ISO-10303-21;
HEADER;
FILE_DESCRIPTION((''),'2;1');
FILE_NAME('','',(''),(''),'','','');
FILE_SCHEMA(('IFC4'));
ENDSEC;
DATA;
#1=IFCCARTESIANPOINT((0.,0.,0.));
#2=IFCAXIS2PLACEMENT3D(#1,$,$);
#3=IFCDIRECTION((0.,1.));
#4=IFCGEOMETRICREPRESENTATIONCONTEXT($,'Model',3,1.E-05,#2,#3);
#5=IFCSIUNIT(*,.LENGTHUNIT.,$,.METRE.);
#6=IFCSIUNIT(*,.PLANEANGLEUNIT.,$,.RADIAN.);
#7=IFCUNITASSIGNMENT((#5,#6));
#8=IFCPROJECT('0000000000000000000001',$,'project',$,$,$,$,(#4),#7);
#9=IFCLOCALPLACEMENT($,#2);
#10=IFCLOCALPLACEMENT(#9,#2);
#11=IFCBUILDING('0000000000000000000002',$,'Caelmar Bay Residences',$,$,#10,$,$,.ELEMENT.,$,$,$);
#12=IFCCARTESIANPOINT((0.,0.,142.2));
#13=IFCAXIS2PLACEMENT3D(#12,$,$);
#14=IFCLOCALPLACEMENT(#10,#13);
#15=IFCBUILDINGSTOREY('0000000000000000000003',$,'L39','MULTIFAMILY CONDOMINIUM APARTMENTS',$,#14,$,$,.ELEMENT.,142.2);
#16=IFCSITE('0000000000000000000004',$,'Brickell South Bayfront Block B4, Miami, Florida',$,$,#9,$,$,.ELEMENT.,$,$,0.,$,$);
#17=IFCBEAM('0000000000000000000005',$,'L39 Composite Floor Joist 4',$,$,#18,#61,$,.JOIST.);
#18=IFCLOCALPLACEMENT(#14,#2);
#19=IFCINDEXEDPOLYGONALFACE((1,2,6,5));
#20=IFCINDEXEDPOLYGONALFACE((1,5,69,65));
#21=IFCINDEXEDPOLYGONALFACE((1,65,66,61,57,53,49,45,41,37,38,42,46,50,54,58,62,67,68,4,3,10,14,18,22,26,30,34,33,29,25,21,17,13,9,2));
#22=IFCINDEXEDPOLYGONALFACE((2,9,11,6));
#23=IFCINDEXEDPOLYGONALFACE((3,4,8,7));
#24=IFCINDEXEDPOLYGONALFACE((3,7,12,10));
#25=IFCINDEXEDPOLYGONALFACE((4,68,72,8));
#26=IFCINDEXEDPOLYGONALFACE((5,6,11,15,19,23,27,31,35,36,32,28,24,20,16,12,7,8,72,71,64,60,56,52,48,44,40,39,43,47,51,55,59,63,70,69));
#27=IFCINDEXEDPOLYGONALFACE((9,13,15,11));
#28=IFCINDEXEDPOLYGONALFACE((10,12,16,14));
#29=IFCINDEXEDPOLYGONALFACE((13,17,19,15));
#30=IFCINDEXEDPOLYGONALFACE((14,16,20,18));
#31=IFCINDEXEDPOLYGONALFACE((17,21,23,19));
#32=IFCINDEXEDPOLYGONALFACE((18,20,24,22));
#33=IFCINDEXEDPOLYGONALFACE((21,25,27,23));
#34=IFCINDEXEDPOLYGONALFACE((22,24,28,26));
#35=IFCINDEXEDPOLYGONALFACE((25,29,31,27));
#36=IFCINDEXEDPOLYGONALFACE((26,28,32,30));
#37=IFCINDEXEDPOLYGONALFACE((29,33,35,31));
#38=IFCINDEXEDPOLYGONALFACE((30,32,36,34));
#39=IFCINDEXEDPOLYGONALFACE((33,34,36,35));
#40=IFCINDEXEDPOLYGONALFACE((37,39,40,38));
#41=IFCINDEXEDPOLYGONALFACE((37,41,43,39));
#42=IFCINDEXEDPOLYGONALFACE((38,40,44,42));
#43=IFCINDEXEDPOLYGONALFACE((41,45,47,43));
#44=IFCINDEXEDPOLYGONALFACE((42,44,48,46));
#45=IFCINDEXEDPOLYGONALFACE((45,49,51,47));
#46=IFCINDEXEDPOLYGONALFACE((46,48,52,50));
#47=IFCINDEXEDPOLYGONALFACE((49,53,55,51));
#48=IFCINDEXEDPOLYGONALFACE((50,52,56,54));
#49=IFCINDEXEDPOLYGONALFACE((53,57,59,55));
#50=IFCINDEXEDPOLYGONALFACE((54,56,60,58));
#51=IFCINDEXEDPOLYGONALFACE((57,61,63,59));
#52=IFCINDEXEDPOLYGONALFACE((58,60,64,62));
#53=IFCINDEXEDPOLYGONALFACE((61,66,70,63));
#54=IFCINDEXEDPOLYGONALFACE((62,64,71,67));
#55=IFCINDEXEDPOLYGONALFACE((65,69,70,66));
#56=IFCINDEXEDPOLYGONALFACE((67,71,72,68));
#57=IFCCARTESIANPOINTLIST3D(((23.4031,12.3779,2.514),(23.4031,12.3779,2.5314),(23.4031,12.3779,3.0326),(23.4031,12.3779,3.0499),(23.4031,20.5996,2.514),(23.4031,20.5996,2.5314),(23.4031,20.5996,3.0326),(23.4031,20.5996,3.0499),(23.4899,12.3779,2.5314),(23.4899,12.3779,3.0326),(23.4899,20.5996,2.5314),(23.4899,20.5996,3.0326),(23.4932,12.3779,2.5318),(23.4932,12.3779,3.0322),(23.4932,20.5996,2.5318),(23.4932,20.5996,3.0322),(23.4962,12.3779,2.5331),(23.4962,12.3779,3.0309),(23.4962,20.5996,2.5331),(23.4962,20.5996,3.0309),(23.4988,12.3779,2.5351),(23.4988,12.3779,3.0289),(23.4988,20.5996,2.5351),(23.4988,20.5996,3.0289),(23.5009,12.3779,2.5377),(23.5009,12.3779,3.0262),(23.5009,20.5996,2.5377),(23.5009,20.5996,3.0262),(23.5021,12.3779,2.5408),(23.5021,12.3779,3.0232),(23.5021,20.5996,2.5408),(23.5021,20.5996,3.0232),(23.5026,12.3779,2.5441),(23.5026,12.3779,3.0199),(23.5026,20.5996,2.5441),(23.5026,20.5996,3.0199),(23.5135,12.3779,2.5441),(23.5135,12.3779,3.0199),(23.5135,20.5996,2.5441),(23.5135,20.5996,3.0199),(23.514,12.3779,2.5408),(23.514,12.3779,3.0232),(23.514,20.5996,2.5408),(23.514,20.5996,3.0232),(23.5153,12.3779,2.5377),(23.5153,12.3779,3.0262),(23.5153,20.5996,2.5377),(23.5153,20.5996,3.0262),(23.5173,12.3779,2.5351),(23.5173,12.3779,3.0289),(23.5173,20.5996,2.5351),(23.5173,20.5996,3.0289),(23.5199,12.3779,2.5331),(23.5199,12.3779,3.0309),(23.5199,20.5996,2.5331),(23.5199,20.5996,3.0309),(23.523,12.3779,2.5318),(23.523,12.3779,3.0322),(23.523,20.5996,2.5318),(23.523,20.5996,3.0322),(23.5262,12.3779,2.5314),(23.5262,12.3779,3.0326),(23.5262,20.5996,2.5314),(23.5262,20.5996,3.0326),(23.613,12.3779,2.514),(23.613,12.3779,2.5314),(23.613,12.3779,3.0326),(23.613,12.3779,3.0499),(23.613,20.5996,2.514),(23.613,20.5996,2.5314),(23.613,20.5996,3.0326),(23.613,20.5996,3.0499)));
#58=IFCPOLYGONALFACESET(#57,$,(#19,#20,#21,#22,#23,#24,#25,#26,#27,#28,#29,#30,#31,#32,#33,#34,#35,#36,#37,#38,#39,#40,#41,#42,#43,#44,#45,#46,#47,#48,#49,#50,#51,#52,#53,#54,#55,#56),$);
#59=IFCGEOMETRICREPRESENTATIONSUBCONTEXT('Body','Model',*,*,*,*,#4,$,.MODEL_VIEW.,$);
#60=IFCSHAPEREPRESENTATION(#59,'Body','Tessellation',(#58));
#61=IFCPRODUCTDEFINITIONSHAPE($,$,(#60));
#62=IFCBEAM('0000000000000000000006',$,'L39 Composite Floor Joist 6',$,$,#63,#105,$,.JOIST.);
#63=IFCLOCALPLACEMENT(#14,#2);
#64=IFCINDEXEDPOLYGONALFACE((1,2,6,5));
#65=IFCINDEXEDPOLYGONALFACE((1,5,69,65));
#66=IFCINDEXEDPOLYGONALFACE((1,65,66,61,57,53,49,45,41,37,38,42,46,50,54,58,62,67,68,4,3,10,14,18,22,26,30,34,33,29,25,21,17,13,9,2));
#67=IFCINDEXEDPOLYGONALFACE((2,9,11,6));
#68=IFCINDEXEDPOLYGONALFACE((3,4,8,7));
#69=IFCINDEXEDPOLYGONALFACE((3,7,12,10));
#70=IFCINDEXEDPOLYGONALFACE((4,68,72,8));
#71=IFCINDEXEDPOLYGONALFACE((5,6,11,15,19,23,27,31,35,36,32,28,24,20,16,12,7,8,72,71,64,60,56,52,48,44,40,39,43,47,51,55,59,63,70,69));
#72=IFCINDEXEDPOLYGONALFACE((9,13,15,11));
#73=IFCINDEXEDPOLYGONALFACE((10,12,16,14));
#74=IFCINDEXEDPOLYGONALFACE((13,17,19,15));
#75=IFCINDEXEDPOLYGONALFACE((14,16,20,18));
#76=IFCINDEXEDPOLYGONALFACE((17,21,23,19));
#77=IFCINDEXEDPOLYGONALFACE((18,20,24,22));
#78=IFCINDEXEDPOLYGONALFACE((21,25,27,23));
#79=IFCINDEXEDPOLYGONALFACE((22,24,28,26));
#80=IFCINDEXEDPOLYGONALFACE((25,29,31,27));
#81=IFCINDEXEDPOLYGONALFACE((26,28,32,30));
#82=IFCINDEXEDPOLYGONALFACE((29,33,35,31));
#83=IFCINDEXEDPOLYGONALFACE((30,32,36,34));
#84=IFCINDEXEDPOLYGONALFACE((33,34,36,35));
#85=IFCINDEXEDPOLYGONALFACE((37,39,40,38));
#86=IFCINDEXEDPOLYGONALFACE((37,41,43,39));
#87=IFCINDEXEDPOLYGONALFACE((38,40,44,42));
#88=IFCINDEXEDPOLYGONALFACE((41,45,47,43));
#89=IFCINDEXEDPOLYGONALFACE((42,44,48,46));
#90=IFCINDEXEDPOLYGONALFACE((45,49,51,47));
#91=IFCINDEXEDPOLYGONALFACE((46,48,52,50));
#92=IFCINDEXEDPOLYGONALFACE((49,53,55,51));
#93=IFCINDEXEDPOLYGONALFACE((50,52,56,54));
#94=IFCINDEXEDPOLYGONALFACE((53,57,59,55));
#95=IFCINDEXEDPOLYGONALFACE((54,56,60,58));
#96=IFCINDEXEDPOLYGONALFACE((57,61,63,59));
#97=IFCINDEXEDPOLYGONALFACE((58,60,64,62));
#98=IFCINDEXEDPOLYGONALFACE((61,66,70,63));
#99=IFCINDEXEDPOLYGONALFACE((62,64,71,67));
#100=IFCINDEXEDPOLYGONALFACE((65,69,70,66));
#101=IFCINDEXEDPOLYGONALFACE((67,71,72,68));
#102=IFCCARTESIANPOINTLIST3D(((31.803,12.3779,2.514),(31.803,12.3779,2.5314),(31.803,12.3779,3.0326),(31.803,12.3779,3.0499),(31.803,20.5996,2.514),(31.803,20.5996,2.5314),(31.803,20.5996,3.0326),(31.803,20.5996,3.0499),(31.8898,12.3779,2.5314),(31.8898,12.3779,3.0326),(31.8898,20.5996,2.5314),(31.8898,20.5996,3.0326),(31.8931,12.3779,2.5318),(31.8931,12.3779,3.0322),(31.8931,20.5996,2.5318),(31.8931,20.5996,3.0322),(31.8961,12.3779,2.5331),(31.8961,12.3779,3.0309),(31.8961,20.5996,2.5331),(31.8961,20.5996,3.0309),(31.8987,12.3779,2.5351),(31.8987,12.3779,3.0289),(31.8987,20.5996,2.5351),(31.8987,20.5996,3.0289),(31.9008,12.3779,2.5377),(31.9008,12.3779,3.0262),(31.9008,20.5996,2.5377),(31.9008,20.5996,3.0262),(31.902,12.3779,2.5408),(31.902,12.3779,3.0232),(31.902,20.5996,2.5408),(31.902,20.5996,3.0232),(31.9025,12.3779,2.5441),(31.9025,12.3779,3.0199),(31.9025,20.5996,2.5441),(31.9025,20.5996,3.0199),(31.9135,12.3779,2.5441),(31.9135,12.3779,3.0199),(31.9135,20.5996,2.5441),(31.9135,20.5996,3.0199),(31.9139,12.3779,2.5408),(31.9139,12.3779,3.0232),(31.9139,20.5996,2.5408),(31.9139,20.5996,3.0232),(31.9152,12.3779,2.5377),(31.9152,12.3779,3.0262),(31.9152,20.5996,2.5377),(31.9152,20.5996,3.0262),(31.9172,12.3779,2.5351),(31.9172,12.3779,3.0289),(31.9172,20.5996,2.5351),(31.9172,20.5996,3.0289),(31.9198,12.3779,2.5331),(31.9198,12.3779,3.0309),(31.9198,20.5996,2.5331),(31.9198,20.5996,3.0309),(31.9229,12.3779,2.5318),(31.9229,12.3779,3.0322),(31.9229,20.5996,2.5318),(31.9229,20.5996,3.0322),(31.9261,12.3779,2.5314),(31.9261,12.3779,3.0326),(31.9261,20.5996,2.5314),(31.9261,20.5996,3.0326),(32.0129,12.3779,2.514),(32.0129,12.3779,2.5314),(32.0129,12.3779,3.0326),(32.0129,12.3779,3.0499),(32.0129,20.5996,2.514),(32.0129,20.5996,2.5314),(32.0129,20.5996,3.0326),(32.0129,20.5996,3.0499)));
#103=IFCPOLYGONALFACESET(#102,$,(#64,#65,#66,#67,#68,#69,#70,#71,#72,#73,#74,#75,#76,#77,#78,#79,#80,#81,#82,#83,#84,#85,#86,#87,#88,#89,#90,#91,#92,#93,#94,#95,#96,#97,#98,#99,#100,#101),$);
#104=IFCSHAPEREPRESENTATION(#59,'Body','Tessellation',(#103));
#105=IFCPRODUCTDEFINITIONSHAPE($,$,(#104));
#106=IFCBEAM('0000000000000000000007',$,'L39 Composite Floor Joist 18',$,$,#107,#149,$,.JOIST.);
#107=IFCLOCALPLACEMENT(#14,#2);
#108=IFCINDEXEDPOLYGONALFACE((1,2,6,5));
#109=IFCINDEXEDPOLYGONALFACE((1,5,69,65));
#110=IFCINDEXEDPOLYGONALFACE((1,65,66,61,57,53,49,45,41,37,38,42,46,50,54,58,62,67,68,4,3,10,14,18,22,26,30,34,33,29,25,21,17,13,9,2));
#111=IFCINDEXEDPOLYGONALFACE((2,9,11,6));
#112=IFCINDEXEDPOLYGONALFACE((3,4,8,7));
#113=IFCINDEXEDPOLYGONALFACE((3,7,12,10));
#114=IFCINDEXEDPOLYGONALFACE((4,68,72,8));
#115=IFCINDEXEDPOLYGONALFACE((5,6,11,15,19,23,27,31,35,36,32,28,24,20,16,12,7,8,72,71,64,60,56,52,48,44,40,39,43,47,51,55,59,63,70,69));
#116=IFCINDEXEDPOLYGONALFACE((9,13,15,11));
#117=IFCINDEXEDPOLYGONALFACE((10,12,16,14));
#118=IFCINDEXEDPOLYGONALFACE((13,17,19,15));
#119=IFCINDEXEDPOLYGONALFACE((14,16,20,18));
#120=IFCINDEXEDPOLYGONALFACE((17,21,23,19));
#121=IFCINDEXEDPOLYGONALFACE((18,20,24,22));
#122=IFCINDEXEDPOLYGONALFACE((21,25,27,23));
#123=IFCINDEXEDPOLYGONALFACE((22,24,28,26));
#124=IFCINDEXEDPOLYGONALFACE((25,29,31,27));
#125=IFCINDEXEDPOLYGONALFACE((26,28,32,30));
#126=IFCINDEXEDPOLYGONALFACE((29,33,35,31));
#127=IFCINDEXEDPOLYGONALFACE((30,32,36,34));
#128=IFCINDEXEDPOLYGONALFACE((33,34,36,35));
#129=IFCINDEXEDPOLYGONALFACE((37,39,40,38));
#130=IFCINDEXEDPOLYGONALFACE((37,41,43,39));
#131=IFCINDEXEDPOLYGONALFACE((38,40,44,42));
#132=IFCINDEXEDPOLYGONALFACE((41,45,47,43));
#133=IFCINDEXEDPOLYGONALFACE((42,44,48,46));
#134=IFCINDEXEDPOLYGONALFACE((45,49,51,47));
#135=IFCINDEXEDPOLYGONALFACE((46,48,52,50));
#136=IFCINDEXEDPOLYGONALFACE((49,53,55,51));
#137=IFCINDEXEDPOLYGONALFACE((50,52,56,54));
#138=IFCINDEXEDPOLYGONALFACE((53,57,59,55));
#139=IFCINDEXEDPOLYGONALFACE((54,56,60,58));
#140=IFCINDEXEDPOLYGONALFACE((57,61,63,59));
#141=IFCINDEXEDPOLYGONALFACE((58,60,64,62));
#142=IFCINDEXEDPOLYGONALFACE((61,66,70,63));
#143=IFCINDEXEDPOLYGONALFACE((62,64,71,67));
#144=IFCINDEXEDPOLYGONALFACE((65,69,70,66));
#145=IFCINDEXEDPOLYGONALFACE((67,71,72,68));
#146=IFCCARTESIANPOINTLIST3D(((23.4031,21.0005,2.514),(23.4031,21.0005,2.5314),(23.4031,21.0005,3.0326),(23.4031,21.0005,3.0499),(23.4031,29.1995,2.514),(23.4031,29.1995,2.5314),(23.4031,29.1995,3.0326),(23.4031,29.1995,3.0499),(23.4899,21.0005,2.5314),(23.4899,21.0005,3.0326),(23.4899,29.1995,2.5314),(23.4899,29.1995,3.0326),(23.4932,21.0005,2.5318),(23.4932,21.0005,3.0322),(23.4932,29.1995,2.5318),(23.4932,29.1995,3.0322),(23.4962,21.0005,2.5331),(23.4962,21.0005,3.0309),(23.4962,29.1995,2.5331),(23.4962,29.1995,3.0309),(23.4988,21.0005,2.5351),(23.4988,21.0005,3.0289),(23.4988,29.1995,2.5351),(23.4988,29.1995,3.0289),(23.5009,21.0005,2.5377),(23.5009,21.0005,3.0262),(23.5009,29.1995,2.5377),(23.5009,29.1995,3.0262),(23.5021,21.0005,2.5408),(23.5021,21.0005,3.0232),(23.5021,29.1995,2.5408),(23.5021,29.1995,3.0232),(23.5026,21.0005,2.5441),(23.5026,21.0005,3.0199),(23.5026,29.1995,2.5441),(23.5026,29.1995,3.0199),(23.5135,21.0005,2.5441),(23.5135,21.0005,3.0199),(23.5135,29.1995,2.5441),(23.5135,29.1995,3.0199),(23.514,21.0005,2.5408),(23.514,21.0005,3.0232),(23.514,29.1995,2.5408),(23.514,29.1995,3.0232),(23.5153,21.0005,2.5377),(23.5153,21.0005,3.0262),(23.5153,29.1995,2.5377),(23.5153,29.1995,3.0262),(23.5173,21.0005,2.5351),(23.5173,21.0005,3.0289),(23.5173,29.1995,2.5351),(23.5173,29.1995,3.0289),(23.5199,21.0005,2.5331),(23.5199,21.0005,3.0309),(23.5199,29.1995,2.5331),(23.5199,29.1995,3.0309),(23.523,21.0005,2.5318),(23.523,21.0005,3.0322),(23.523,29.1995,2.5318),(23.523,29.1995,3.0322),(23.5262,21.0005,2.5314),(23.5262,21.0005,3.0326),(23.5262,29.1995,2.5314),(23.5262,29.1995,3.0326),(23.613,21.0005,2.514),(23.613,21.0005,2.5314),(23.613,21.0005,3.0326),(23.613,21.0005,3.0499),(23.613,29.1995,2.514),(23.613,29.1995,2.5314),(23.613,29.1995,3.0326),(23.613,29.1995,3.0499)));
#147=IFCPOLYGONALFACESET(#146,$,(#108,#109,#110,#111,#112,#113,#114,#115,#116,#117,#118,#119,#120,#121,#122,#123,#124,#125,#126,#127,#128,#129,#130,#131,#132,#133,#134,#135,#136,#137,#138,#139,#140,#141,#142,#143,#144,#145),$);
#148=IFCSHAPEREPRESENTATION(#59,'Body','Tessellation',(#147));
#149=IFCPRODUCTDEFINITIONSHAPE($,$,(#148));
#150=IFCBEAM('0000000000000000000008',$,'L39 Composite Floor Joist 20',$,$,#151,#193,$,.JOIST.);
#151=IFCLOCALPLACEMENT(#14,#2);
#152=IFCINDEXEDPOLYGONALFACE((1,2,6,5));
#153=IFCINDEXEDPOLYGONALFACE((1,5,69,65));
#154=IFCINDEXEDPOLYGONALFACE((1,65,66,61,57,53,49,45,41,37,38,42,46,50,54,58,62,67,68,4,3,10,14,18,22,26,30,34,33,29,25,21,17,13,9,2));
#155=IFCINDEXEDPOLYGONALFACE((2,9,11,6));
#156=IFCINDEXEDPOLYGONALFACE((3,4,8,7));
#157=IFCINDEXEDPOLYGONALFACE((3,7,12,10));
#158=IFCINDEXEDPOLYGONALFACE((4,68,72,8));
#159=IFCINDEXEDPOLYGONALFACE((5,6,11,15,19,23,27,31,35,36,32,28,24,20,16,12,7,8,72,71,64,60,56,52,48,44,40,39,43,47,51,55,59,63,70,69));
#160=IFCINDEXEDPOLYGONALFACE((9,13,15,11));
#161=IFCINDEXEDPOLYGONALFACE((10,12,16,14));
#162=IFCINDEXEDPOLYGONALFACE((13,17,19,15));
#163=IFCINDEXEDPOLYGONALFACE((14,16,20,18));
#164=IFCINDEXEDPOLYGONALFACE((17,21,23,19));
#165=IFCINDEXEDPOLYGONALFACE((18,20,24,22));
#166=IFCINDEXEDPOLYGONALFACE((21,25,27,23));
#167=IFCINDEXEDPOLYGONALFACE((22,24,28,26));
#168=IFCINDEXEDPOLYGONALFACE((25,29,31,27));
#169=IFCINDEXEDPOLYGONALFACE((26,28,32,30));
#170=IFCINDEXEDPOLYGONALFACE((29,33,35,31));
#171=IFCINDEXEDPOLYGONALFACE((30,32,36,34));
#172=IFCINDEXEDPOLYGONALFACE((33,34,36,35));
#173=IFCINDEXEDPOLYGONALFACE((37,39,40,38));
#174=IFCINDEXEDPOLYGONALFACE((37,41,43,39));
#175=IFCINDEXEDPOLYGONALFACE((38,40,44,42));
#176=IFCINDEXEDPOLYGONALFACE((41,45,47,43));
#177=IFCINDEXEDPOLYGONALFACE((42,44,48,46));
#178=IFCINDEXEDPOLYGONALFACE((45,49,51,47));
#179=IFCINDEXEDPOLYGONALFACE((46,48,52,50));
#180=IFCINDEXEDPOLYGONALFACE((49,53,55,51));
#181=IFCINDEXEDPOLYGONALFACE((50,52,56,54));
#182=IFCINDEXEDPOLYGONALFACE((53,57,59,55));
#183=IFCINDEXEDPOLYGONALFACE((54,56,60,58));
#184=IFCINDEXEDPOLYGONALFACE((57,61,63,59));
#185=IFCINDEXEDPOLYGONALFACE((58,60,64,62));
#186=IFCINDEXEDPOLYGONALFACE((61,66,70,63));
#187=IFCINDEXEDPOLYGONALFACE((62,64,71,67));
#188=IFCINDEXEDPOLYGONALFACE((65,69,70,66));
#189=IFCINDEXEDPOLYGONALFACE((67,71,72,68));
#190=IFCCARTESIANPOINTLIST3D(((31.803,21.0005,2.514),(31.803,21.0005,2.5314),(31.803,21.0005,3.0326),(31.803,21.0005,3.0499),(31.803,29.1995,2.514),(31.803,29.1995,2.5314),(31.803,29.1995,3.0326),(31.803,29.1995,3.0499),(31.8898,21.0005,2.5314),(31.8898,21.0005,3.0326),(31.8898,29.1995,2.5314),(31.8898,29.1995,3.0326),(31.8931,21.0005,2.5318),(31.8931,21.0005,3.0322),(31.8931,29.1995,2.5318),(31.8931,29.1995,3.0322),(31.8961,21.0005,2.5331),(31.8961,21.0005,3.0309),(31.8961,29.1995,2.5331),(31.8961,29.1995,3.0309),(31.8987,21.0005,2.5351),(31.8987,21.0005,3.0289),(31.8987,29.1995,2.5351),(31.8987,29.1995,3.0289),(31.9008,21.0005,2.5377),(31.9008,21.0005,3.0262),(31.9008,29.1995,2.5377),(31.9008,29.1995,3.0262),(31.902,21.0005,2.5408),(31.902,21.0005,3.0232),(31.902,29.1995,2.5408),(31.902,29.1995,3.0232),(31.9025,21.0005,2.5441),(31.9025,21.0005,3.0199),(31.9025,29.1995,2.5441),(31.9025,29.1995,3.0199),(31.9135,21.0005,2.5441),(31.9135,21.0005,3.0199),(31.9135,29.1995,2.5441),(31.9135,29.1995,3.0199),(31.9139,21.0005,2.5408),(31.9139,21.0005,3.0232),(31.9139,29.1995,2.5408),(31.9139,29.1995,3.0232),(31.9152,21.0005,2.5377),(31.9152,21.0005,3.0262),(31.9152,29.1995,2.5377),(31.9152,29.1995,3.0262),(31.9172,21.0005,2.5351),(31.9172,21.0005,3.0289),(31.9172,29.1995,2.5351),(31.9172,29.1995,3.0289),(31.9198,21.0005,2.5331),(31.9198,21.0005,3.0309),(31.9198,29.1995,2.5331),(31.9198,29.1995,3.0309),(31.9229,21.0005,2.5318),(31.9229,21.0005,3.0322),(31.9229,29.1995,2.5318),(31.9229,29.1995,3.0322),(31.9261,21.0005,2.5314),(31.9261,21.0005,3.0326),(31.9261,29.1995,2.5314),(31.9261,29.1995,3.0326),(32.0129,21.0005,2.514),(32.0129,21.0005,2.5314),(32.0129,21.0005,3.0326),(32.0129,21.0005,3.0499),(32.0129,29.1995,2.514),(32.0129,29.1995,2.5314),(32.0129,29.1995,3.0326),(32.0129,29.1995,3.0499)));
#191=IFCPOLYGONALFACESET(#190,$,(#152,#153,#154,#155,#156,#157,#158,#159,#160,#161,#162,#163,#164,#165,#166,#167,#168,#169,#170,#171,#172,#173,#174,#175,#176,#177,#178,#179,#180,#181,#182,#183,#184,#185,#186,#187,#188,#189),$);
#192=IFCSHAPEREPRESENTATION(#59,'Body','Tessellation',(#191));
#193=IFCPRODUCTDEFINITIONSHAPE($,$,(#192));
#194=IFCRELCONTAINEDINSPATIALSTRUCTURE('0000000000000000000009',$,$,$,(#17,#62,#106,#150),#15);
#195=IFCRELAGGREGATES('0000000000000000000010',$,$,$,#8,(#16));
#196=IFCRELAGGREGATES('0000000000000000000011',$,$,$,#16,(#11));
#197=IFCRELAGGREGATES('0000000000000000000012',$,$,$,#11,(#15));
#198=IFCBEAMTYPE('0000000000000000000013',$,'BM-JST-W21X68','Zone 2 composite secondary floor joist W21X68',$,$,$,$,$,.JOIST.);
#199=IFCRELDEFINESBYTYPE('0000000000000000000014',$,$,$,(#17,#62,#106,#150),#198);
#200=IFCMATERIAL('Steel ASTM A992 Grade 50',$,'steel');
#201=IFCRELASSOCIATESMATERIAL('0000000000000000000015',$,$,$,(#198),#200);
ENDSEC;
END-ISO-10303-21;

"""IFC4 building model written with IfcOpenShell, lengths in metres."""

from ifc_helpers import new_model, si_unit, direction, frame, origin, origin_2d, place, context, subcontext, project, spatial, i_section, extrude, material, material_profile, profile_set, type_object, element, save


model = new_model("IFC4")

# Units and contexts
model_context = context("Model", 3, precision=1e-05, world=origin(), true_north=direction((0.0, 1.0)))
body_context = subcontext(model_context, "Body", "Model", "MODEL_VIEW")
ifc_project = project(units=[si_unit("LENGTHUNIT", "METRE"), si_unit("PLANEANGLEUNIT", "RADIAN")], contexts=[model_context])

# Site, building, storey
site_placement = place(None, origin())
site = spatial("IfcSite", under=ifc_project, at=site_placement, Name="Brickell South Bayfront Block B4, Miami, Florida", CompositionType="ELEMENT", RefElevation=0.0)
building_placement = place(site_placement, origin())
building = spatial("IfcBuilding", under=site, at=building_placement, Name="Caelmar Bay Residences", CompositionType="ELEMENT")
storey_placement = place(building_placement, frame((0.0, 0.0, 142.2)))
storey = spatial("IfcBuildingStorey", under=building, at=storey_placement, Name="L39", Description="MULTIFAMILY CONDOMINIUM APARTMENTS", CompositionType="ELEMENT", Elevation=142.2)

# Beams
ifc_material_1 = material(Name="Steel ASTM A992 Grade 50", Category="steel")
ifc_material_profile_1 = material_profile(ifc_material_1, i_section(OverallWidth=0.21, OverallDepth=0.5359, WebThickness=0.011, FlangeThickness=0.0173, FilletRadius=0.0127, at=origin_2d()), Name="W21X68")
ifc_profile_set_1 = profile_set([ifc_material_profile_1], Name="Steel ASTM A992 Grade 50")
beam_type_1 = type_object("IfcBeamType", Name="BM-JST-W21X68", Description="Zone 2 composite secondary floor joist W21X68", PredefinedType="JOIST", material=ifc_profile_set_1)
for number, where, z_axis, x_axis, name in (
    (1, (23.5081, 12.3779, 2.782), (0.0, 1.0, 0.0), (-1.0, 0.0, 0.0), "L39 Composite Floor Joist 4"),
    (2, (31.908, 12.3779, 2.782), (0.0, 1.0, 0.0), (-1.0, 0.0, 0.0), "L39 Composite Floor Joist 6"),
):
    element("IfcBeam", number, at=place(storey_placement, frame(where, z_axis=z_axis, x_axis=x_axis)), inside=storey, type_object=beam_type_1, Name=name, PredefinedType="JOIST", context=body_context, shape_type="SweptSolid", body=[
        extrude(i_section(OverallWidth=0.21, OverallDepth=0.5359, WebThickness=0.011, FlangeThickness=0.0173, FilletRadius=0.0127, at=origin_2d()), origin(), (0.0, 0.0, 1.0), 8.2217),
    ])
for number, where, z_axis, x_axis, name in (
    (3, (23.5081, 21.0005, 2.782), (0.0, 1.0, 0.0), (-1.0, 0.0, 0.0), "L39 Composite Floor Joist 18"),
    (4, (31.908, 21.0005, 2.782), (0.0, 1.0, 0.0), (-1.0, 0.0, 0.0), "L39 Composite Floor Joist 20"),
):
    element("IfcBeam", number, at=place(storey_placement, frame(where, z_axis=z_axis, x_axis=x_axis)), inside=storey, type_object=beam_type_1, Name=name, PredefinedType="JOIST", context=body_context, shape_type="SweptSolid", body=[
        extrude(i_section(OverallWidth=0.21, OverallDepth=0.5359, WebThickness=0.011, FlangeThickness=0.0173, FilletRadius=0.0127, at=origin_2d()), origin(), (0.0, 0.0, 1.0), 8.199),
    ])

save(model, "model.ifc")
